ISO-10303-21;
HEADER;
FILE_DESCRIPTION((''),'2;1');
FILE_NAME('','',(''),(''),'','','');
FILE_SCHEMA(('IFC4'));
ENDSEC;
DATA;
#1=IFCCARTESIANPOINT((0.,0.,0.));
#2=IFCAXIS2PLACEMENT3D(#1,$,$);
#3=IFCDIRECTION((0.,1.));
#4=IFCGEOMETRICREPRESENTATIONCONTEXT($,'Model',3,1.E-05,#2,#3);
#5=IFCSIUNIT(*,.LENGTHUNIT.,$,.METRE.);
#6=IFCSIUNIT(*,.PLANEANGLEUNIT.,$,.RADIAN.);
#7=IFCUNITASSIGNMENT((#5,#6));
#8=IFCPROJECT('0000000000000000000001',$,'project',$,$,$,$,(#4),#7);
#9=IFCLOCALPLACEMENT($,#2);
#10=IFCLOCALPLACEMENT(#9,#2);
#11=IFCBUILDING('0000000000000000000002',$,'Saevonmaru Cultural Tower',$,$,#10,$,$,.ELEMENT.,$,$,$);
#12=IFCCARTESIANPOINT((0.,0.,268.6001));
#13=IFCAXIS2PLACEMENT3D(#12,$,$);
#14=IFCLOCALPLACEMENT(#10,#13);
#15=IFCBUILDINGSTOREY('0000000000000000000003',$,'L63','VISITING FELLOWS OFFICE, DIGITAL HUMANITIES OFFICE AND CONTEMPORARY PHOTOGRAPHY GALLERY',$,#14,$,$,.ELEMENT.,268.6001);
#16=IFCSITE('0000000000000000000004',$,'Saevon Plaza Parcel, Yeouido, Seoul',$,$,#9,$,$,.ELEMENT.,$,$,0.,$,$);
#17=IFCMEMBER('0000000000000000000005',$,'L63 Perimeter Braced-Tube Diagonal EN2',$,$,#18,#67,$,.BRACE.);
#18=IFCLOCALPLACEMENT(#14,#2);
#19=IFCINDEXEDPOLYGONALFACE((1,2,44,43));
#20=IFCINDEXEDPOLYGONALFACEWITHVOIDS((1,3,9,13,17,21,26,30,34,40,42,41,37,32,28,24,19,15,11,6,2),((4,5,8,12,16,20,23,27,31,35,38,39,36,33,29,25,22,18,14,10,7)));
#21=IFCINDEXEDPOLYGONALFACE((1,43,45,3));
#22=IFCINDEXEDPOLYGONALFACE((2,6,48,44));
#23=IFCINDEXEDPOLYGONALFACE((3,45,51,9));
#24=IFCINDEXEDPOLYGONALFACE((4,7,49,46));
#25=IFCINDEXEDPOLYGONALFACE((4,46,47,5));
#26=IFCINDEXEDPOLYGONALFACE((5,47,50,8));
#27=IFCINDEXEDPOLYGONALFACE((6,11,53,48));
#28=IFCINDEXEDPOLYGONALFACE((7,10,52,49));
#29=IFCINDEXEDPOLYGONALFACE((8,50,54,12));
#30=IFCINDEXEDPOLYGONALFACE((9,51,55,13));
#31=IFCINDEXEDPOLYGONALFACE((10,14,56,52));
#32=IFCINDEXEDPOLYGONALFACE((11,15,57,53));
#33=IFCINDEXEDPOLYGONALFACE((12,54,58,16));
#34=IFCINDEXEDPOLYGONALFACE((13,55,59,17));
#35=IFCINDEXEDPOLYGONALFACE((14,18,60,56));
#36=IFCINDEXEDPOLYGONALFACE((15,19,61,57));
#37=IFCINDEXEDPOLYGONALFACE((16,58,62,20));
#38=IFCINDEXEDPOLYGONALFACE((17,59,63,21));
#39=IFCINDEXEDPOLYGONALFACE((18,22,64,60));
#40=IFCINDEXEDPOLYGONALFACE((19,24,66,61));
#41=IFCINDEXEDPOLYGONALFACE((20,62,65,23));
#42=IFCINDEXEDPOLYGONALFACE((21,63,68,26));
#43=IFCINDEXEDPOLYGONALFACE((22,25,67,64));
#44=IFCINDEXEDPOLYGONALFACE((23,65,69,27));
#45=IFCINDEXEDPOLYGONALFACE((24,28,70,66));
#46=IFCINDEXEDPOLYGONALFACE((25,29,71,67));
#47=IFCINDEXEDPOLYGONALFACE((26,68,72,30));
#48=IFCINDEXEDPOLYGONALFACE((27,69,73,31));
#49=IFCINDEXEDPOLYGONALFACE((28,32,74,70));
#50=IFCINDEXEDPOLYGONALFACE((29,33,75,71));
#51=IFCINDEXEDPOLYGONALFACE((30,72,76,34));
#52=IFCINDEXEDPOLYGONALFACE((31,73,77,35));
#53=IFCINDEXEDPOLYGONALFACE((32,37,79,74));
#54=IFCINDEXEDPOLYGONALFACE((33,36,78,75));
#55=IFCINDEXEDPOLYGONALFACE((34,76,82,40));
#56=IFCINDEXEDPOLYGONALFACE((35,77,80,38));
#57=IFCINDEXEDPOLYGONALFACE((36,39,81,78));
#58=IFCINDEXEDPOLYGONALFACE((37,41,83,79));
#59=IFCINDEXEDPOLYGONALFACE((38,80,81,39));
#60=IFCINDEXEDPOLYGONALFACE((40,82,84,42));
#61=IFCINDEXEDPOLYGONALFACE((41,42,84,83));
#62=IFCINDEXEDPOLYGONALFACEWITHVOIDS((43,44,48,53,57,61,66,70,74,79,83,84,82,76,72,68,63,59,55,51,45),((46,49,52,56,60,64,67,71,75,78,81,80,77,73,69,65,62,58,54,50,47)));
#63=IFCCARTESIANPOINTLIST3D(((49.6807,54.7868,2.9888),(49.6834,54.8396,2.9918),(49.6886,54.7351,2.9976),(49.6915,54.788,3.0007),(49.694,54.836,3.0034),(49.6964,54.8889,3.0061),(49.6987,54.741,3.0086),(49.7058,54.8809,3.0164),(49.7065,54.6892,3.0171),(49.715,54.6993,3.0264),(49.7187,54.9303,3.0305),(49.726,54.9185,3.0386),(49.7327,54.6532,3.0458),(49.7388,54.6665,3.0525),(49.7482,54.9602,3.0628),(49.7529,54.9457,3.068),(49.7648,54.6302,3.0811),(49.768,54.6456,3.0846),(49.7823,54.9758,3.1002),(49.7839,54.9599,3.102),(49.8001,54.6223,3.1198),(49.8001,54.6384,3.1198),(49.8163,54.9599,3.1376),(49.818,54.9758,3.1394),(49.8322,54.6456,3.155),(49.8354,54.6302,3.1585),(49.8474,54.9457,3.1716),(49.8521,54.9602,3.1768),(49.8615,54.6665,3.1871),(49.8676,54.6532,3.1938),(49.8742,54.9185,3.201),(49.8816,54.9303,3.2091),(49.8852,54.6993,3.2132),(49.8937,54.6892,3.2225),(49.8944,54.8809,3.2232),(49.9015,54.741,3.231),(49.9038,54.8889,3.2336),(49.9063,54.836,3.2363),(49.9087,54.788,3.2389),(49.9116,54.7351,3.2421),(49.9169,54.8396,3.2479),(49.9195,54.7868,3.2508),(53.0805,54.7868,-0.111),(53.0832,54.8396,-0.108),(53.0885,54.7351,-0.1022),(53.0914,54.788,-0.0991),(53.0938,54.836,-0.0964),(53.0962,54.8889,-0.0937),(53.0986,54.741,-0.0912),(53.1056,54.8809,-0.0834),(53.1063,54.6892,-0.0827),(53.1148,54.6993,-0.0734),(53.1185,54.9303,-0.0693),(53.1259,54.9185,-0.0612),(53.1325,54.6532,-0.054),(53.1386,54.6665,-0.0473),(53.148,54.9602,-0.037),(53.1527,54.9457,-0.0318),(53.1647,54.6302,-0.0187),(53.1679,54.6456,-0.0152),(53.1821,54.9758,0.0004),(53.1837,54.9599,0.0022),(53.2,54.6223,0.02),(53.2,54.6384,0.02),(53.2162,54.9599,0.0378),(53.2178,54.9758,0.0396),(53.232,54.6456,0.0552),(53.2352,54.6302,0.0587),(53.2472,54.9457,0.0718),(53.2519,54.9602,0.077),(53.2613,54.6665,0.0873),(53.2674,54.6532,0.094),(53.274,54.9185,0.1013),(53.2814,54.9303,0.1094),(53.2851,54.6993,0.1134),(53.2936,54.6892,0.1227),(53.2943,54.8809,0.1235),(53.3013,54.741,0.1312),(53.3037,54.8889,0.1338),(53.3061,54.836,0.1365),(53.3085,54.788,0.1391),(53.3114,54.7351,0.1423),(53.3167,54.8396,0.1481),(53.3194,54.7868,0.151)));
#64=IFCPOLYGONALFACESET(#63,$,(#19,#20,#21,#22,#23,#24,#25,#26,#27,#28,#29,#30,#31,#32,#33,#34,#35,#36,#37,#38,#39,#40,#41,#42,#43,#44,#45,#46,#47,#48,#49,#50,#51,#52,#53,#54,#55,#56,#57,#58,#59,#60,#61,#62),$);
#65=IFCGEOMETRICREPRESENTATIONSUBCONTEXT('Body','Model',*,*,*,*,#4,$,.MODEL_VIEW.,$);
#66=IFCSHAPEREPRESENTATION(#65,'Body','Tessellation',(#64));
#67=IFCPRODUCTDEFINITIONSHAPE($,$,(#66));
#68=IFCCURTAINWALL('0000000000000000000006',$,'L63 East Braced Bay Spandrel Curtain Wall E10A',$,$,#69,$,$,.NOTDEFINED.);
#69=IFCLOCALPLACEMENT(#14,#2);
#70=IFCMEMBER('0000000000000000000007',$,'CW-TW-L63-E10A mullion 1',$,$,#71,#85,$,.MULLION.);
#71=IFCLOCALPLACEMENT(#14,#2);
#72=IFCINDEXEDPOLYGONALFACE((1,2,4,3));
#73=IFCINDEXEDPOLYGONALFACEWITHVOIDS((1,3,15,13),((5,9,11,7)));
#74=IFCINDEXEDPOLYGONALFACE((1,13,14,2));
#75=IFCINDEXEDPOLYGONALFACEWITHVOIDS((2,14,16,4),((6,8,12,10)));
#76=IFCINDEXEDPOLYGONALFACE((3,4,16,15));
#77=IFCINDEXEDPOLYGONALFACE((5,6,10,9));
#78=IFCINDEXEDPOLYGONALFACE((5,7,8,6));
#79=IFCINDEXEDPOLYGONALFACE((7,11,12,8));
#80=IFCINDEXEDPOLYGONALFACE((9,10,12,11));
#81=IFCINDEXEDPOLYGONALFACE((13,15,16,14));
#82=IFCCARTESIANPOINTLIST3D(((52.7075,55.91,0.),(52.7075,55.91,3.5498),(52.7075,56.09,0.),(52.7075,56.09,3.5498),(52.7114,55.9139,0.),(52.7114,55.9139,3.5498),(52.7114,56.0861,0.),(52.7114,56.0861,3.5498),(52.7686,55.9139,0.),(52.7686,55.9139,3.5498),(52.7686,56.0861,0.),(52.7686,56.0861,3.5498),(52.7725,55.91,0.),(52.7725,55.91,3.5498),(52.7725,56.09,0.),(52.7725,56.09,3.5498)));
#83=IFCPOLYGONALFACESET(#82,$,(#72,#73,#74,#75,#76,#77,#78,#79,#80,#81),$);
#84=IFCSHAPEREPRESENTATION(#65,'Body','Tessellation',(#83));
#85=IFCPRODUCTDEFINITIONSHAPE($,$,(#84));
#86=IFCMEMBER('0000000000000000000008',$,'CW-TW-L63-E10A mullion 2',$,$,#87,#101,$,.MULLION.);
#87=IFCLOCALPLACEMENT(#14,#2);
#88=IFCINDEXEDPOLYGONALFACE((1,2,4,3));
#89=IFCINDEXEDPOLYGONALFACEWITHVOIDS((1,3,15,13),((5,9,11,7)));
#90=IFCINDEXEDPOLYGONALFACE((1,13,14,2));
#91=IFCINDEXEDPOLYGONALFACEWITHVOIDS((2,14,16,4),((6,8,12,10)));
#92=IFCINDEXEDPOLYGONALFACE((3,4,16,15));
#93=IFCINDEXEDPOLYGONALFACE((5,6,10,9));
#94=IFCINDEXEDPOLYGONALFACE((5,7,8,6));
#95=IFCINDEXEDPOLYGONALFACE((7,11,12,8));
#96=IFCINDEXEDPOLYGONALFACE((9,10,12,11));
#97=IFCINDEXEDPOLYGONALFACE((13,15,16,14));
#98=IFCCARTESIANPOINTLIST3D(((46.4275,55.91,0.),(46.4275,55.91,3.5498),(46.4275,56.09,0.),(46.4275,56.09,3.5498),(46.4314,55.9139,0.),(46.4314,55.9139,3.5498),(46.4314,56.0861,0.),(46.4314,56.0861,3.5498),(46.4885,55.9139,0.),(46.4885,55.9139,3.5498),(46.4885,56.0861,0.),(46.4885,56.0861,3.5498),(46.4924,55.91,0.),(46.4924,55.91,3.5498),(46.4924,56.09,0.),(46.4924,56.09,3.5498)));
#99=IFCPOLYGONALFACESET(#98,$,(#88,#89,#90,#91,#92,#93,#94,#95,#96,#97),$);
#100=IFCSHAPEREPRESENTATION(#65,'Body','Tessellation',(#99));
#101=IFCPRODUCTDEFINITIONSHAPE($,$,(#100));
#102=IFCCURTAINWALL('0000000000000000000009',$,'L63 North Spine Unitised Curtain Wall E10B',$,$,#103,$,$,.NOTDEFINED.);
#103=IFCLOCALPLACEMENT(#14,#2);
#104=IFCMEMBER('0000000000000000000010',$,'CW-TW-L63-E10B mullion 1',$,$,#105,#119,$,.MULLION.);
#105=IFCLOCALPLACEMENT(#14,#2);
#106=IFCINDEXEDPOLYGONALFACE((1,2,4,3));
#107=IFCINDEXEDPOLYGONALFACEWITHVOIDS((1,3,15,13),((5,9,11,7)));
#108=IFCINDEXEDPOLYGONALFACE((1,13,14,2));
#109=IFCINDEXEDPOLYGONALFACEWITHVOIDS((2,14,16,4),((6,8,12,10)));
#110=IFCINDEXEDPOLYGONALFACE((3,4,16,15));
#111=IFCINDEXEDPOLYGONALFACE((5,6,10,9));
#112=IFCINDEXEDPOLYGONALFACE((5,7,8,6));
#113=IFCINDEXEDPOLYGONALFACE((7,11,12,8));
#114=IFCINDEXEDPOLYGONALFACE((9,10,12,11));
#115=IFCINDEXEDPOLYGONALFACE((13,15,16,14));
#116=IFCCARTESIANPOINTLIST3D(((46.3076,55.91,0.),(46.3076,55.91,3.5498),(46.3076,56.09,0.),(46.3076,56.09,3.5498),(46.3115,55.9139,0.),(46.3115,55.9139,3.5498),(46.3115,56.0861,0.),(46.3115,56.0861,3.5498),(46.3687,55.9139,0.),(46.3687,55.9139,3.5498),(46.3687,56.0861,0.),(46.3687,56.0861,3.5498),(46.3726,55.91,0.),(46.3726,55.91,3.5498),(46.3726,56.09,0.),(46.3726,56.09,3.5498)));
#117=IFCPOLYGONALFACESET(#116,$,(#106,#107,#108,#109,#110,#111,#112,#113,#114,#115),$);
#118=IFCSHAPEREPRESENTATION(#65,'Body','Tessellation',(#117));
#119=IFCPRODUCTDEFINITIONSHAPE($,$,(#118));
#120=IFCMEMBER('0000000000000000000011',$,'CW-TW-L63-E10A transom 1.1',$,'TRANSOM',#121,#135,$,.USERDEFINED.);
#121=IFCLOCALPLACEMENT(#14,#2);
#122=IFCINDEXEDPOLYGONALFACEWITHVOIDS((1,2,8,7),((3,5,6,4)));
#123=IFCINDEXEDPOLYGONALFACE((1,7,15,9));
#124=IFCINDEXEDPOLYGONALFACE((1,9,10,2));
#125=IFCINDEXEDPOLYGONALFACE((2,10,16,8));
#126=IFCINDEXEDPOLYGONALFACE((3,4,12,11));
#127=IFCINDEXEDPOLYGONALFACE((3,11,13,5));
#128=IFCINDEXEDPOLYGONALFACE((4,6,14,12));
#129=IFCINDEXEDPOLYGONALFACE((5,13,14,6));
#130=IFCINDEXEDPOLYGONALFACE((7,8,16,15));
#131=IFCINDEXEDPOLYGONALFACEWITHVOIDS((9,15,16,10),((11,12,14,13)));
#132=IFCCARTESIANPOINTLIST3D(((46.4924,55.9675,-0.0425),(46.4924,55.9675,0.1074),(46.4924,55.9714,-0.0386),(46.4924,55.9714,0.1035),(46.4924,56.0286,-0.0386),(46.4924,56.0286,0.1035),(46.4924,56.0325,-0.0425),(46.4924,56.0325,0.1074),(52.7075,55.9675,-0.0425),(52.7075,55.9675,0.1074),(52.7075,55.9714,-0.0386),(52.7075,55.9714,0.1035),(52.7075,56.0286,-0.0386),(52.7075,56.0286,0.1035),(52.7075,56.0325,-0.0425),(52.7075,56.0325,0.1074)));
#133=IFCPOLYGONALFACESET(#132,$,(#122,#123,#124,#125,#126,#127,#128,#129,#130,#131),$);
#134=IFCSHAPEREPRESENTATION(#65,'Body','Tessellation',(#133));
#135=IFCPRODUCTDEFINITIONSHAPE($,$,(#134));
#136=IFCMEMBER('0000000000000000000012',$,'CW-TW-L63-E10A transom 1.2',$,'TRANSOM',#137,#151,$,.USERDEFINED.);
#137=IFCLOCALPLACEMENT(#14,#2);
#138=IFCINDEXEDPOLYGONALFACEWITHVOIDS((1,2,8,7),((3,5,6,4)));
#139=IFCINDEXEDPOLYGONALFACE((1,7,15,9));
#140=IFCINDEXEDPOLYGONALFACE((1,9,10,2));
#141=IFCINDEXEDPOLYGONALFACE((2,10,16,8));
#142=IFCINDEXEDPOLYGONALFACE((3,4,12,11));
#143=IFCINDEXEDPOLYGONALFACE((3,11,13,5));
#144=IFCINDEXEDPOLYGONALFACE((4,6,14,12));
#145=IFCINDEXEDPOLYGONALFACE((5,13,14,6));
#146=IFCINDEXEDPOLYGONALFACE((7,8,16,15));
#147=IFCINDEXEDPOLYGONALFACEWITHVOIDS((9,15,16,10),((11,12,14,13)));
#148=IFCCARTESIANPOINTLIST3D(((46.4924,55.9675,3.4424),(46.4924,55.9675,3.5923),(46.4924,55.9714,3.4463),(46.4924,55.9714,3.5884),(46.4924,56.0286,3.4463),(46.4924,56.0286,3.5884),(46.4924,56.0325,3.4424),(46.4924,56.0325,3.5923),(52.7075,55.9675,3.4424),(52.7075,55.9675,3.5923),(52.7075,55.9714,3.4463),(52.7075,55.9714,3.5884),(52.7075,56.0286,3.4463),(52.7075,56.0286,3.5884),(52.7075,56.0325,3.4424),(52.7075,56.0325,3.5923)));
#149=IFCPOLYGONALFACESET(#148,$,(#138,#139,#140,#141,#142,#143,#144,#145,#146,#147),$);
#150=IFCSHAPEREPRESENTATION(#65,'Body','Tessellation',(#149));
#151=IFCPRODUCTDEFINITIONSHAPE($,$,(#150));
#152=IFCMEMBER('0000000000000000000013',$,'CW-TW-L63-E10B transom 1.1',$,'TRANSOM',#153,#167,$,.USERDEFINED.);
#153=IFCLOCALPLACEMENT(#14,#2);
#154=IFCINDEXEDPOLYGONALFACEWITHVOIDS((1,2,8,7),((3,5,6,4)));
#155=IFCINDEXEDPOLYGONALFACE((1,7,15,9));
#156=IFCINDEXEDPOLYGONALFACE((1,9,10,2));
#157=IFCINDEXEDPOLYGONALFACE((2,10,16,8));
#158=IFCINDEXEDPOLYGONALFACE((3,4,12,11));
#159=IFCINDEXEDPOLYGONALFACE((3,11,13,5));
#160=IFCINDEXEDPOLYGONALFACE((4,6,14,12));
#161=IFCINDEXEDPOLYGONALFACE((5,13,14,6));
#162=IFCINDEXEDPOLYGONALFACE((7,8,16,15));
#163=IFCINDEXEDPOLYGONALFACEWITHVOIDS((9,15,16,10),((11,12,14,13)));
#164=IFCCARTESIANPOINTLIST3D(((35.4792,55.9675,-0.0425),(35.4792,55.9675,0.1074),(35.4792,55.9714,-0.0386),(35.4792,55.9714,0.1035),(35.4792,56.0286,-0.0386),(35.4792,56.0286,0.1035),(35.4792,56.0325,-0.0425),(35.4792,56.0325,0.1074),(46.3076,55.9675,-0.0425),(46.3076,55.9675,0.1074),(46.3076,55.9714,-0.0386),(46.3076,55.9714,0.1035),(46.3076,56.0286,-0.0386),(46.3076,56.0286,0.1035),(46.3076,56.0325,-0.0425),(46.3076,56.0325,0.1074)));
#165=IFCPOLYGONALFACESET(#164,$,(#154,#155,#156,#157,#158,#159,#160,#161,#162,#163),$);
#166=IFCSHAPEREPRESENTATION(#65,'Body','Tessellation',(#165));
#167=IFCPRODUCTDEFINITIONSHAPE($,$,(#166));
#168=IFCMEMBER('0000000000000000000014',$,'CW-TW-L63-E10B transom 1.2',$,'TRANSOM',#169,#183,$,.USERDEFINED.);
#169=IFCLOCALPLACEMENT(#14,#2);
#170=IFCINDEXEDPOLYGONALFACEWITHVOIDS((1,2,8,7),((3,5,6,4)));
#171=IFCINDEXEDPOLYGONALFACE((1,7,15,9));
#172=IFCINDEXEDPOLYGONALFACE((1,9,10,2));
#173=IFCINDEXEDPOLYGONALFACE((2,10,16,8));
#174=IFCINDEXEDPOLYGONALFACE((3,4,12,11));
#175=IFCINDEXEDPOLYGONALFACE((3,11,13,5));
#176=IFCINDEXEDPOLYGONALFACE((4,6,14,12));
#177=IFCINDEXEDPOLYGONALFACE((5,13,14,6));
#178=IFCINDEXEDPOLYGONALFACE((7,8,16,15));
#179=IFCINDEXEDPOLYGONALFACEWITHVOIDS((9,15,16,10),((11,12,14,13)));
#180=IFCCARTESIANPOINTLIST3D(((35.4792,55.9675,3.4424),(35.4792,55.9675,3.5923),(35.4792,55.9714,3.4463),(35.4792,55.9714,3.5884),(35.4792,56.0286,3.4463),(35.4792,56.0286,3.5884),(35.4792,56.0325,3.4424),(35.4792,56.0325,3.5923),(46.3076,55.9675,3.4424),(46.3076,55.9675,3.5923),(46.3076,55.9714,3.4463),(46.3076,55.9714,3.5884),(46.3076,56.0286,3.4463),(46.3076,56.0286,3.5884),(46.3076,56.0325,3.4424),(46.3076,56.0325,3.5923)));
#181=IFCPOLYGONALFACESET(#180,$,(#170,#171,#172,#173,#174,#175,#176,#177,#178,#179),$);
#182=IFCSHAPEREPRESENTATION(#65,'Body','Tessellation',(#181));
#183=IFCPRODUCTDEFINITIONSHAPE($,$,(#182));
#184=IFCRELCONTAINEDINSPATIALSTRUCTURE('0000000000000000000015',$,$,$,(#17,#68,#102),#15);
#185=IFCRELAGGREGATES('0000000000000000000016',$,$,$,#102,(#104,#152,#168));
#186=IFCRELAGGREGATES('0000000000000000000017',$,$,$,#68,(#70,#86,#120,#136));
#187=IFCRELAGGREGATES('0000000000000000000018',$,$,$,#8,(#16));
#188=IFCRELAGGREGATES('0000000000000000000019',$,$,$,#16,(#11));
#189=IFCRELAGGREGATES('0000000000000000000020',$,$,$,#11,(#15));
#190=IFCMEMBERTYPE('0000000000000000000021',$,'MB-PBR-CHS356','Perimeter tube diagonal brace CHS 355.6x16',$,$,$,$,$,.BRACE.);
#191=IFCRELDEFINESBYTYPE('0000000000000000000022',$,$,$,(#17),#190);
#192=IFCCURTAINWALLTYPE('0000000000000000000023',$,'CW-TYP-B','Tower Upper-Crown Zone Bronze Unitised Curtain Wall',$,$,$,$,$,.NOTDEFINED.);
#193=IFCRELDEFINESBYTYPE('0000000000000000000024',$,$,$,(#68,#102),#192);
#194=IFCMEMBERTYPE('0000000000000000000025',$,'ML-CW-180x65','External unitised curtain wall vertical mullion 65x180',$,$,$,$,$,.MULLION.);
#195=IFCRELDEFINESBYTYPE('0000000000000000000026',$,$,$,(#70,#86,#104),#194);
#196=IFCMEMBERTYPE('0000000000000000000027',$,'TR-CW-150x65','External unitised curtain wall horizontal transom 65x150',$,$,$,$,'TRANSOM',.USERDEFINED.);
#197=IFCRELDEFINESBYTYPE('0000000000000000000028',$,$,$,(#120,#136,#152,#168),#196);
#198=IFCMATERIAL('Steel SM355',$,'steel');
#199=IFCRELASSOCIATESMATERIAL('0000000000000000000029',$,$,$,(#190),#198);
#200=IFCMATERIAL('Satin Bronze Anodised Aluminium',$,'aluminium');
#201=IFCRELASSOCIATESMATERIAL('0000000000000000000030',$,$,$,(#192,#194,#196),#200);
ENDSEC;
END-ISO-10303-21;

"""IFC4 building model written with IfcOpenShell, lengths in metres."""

from ifc_helpers import new_model, si_unit, direction, frame, origin, origin_2d, place, context, subcontext, project, spatial, hollow_rectangle, hollow_circle, extrude, material, material_profile, profile_set, type_object, element, aggregate, save


model = new_model("IFC4")

# Units and contexts
model_context = context("Model", 3, precision=1e-05, world=origin(), true_north=direction((0.0, 1.0)))
body_context = subcontext(model_context, "Body", "Model", "MODEL_VIEW")
ifc_project = project(units=[si_unit("LENGTHUNIT", "METRE"), si_unit("PLANEANGLEUNIT", "RADIAN")], contexts=[model_context])

# Site, building, storey
site_placement = place(None, origin())
site = spatial("IfcSite", under=ifc_project, at=site_placement, Name="Saevon Plaza Parcel, Yeouido, Seoul", CompositionType="ELEMENT", RefElevation=0.0)
building_placement = place(site_placement, origin())
building = spatial("IfcBuilding", under=site, at=building_placement, Name="Saevonmaru Cultural Tower", CompositionType="ELEMENT")
storey_placement = place(building_placement, frame((0.0, 0.0, 268.6001)))
storey = spatial("IfcBuildingStorey", under=building, at=storey_placement, Name="L63", Description="VISITING FELLOWS OFFICE, DIGITAL HUMANITIES OFFICE AND CONTEMPORARY PHOTOGRAPHY GALLERY", CompositionType="ELEMENT", Elevation=268.6001)

# Shared definitions
ifc_material_1 = material(Name="Steel SM355", Category="steel")

# Member
ifc_material_profile_1 = material_profile(ifc_material_1, hollow_circle(Radius=0.1777, WallThickness=0.0161, at=origin_2d()), Name="CHS-355.6x16")
ifc_profile_set_1 = profile_set([ifc_material_profile_1], Name="Steel SM355")
member_type_1 = type_object("IfcMemberType", Name="MB-PBR-CHS356", Description="Perimeter tube diagonal brace CHS 355.6x16", PredefinedType="BRACE", material=ifc_profile_set_1)
member_1_placement = place(storey_placement, frame((53.2, 54.8, 0.02), z_axis=(-0.738962, 0.0, 0.673747), x_axis=(0.0, -1.0, 0.0)))
element("IfcMember", 1, at=member_1_placement, inside=storey, type_object=member_type_1, Name="L63 Perimeter Braced-Tube Diagonal EN2", PredefinedType="BRACE", context=body_context, shape_type="SweptSolid", body=[
    extrude(hollow_circle(Radius=0.1777, WallThickness=0.0161, at=origin_2d()), origin(), (0.0, 0.0, 1.0), 4.6008),
])

# Curtain wall, members
ifc_material_2 = material(Name="Satin Bronze Anodised Aluminium", Category="aluminium")
curtain_wall_type = type_object("IfcCurtainWallType", Name="CW-TYP-B", Description="Tower Upper-Crown Zone Bronze Unitised Curtain Wall", PredefinedType="NOTDEFINED", material=ifc_material_2)
curtain_wall_1_placement = place(storey_placement, origin())
curtain_wall_1 = element("IfcCurtainWall", 2, at=curtain_wall_1_placement, inside=storey, type_object=curtain_wall_type, Name="L63 East Braced Bay Spandrel Curtain Wall E10A", PredefinedType="NOTDEFINED")
ifc_material_profile_2 = material_profile(ifc_material_2, hollow_rectangle(XDim=0.0649, YDim=0.1799, WallThickness=0.0039, at=origin_2d()), Name="ALU-MULL-180x65x4")
ifc_profile_set_2 = profile_set([ifc_material_profile_2], Name="Satin Bronze Anodised Aluminium")
member_type_2 = type_object("IfcMemberType", Name="ML-CW-180x65", Description="External unitised curtain wall vertical mullion 65x180", PredefinedType="MULLION", material=ifc_profile_set_2)
member_2_placement = place(storey_placement, frame((52.74, 56.0, 0.0), z_axis=(0.0, 0.0, 1.0), x_axis=(-1.0, 0.0, 0.0)))
member_2 = element("IfcMember", 3, at=member_2_placement, type_object=member_type_2, Name="CW-TW-L63-E10A mullion 1", PredefinedType="MULLION", context=body_context, shape_type="SweptSolid", body=[
    extrude(hollow_rectangle(XDim=0.0649, YDim=0.1799, WallThickness=0.0039, at=origin_2d()), origin(), (0.0, 0.0, 1.0), 3.5498),
])
member_3_placement = place(storey_placement, frame((46.46, 56.0, 0.0), z_axis=(0.0, 0.0, 1.0), x_axis=(-1.0, 0.0, 0.0)))
member_3 = element("IfcMember", 4, at=member_3_placement, type_object=member_type_2, Name="CW-TW-L63-E10A mullion 2", PredefinedType="MULLION", context=body_context, shape_type="SweptSolid", body=[
    extrude(hollow_rectangle(XDim=0.0649, YDim=0.1799, WallThickness=0.0039, at=origin_2d()), origin(), (0.0, 0.0, 1.0), 3.5498),
])

# Curtain wall, member
curtain_wall_2_placement = place(storey_placement, origin())
curtain_wall_2 = element("IfcCurtainWall", 5, at=curtain_wall_2_placement, inside=storey, type_object=curtain_wall_type, Name="L63 North Spine Unitised Curtain Wall E10B", PredefinedType="NOTDEFINED")
member_4_placement = place(storey_placement, frame((46.3401, 56.0, 0.0), z_axis=(0.0, 0.0, 1.0), x_axis=(-1.0, 0.0, 0.0)))
member_4 = element("IfcMember", 6, at=member_4_placement, type_object=member_type_2, Name="CW-TW-L63-E10B mullion 1", PredefinedType="MULLION", context=body_context, shape_type="SweptSolid", body=[
    extrude(hollow_rectangle(XDim=0.0649, YDim=0.1799, WallThickness=0.0039, at=origin_2d()), origin(), (0.0, 0.0, 1.0), 3.5498),
])

# Members
ifc_material_profile_3 = material_profile(ifc_material_2, hollow_rectangle(XDim=0.0649, YDim=0.1499, WallThickness=0.0039, at=origin_2d()), Name="ALU-TRAN-150x65x4")
ifc_profile_set_3 = profile_set([ifc_material_profile_3], Name="Satin Bronze Anodised Aluminium")
member_type_3 = type_object("IfcMemberType", Name="TR-CW-150x65", Description="External unitised curtain wall horizontal transom 65x150", ElementType="TRANSOM", PredefinedType="USERDEFINED", material=ifc_profile_set_3)
member_5_placement = place(storey_placement, frame((52.7075, 56.0, 0.0325), z_axis=(-1.0, 0.0, 0.0), x_axis=(0.0, -1.0, 0.0)))
member_5 = element("IfcMember", 7, at=member_5_placement, type_object=member_type_3, Name="CW-TW-L63-E10A transom 1.1", ObjectType="TRANSOM", PredefinedType="USERDEFINED", context=body_context, shape_type="SweptSolid", body=[
    extrude(hollow_rectangle(XDim=0.0649, YDim=0.1499, WallThickness=0.0039, at=origin_2d()), origin(), (0.0, 0.0, 1.0), 6.2151),
])
member_6_placement = place(storey_placement, frame((52.7075, 56.0, 3.5173), z_axis=(-1.0, 0.0, 0.0), x_axis=(0.0, -1.0, 0.0)))
member_6 = element("IfcMember", 8, at=member_6_placement, type_object=member_type_3, Name="CW-TW-L63-E10A transom 1.2", ObjectType="TRANSOM", PredefinedType="USERDEFINED", context=body_context, shape_type="SweptSolid", body=[
    extrude(hollow_rectangle(XDim=0.0649, YDim=0.1499, WallThickness=0.0039, at=origin_2d()), origin(), (0.0, 0.0, 1.0), 6.2151),
])
member_7_placement = place(storey_placement, frame((46.3076, 56.0, 0.0325), z_axis=(-1.0, 0.0, 0.0), x_axis=(0.0, -1.0, 0.0)))
member_7 = element("IfcMember", 9, at=member_7_placement, type_object=member_type_3, Name="CW-TW-L63-E10B transom 1.1", ObjectType="TRANSOM", PredefinedType="USERDEFINED", context=body_context, shape_type="SweptSolid", body=[
    extrude(hollow_rectangle(XDim=0.0649, YDim=0.1499, WallThickness=0.0039, at=origin_2d()), origin(), (0.0, 0.0, 1.0), 10.8284),
])
member_8_placement = place(storey_placement, frame((46.3076, 56.0, 3.5173), z_axis=(-1.0, 0.0, 0.0), x_axis=(0.0, -1.0, 0.0)))
member_8 = element("IfcMember", 10, at=member_8_placement, type_object=member_type_3, Name="CW-TW-L63-E10B transom 1.2", ObjectType="TRANSOM", PredefinedType="USERDEFINED", context=body_context, shape_type="SweptSolid", body=[
    extrude(hollow_rectangle(XDim=0.0649, YDim=0.1499, WallThickness=0.0039, at=origin_2d()), origin(), (0.0, 0.0, 1.0), 10.8284),
])
aggregate(curtain_wall_2, [member_4, member_7, member_8])

aggregate(curtain_wall_1, [member_2, member_3, member_5, member_6])

save(model, "model.ifc")
